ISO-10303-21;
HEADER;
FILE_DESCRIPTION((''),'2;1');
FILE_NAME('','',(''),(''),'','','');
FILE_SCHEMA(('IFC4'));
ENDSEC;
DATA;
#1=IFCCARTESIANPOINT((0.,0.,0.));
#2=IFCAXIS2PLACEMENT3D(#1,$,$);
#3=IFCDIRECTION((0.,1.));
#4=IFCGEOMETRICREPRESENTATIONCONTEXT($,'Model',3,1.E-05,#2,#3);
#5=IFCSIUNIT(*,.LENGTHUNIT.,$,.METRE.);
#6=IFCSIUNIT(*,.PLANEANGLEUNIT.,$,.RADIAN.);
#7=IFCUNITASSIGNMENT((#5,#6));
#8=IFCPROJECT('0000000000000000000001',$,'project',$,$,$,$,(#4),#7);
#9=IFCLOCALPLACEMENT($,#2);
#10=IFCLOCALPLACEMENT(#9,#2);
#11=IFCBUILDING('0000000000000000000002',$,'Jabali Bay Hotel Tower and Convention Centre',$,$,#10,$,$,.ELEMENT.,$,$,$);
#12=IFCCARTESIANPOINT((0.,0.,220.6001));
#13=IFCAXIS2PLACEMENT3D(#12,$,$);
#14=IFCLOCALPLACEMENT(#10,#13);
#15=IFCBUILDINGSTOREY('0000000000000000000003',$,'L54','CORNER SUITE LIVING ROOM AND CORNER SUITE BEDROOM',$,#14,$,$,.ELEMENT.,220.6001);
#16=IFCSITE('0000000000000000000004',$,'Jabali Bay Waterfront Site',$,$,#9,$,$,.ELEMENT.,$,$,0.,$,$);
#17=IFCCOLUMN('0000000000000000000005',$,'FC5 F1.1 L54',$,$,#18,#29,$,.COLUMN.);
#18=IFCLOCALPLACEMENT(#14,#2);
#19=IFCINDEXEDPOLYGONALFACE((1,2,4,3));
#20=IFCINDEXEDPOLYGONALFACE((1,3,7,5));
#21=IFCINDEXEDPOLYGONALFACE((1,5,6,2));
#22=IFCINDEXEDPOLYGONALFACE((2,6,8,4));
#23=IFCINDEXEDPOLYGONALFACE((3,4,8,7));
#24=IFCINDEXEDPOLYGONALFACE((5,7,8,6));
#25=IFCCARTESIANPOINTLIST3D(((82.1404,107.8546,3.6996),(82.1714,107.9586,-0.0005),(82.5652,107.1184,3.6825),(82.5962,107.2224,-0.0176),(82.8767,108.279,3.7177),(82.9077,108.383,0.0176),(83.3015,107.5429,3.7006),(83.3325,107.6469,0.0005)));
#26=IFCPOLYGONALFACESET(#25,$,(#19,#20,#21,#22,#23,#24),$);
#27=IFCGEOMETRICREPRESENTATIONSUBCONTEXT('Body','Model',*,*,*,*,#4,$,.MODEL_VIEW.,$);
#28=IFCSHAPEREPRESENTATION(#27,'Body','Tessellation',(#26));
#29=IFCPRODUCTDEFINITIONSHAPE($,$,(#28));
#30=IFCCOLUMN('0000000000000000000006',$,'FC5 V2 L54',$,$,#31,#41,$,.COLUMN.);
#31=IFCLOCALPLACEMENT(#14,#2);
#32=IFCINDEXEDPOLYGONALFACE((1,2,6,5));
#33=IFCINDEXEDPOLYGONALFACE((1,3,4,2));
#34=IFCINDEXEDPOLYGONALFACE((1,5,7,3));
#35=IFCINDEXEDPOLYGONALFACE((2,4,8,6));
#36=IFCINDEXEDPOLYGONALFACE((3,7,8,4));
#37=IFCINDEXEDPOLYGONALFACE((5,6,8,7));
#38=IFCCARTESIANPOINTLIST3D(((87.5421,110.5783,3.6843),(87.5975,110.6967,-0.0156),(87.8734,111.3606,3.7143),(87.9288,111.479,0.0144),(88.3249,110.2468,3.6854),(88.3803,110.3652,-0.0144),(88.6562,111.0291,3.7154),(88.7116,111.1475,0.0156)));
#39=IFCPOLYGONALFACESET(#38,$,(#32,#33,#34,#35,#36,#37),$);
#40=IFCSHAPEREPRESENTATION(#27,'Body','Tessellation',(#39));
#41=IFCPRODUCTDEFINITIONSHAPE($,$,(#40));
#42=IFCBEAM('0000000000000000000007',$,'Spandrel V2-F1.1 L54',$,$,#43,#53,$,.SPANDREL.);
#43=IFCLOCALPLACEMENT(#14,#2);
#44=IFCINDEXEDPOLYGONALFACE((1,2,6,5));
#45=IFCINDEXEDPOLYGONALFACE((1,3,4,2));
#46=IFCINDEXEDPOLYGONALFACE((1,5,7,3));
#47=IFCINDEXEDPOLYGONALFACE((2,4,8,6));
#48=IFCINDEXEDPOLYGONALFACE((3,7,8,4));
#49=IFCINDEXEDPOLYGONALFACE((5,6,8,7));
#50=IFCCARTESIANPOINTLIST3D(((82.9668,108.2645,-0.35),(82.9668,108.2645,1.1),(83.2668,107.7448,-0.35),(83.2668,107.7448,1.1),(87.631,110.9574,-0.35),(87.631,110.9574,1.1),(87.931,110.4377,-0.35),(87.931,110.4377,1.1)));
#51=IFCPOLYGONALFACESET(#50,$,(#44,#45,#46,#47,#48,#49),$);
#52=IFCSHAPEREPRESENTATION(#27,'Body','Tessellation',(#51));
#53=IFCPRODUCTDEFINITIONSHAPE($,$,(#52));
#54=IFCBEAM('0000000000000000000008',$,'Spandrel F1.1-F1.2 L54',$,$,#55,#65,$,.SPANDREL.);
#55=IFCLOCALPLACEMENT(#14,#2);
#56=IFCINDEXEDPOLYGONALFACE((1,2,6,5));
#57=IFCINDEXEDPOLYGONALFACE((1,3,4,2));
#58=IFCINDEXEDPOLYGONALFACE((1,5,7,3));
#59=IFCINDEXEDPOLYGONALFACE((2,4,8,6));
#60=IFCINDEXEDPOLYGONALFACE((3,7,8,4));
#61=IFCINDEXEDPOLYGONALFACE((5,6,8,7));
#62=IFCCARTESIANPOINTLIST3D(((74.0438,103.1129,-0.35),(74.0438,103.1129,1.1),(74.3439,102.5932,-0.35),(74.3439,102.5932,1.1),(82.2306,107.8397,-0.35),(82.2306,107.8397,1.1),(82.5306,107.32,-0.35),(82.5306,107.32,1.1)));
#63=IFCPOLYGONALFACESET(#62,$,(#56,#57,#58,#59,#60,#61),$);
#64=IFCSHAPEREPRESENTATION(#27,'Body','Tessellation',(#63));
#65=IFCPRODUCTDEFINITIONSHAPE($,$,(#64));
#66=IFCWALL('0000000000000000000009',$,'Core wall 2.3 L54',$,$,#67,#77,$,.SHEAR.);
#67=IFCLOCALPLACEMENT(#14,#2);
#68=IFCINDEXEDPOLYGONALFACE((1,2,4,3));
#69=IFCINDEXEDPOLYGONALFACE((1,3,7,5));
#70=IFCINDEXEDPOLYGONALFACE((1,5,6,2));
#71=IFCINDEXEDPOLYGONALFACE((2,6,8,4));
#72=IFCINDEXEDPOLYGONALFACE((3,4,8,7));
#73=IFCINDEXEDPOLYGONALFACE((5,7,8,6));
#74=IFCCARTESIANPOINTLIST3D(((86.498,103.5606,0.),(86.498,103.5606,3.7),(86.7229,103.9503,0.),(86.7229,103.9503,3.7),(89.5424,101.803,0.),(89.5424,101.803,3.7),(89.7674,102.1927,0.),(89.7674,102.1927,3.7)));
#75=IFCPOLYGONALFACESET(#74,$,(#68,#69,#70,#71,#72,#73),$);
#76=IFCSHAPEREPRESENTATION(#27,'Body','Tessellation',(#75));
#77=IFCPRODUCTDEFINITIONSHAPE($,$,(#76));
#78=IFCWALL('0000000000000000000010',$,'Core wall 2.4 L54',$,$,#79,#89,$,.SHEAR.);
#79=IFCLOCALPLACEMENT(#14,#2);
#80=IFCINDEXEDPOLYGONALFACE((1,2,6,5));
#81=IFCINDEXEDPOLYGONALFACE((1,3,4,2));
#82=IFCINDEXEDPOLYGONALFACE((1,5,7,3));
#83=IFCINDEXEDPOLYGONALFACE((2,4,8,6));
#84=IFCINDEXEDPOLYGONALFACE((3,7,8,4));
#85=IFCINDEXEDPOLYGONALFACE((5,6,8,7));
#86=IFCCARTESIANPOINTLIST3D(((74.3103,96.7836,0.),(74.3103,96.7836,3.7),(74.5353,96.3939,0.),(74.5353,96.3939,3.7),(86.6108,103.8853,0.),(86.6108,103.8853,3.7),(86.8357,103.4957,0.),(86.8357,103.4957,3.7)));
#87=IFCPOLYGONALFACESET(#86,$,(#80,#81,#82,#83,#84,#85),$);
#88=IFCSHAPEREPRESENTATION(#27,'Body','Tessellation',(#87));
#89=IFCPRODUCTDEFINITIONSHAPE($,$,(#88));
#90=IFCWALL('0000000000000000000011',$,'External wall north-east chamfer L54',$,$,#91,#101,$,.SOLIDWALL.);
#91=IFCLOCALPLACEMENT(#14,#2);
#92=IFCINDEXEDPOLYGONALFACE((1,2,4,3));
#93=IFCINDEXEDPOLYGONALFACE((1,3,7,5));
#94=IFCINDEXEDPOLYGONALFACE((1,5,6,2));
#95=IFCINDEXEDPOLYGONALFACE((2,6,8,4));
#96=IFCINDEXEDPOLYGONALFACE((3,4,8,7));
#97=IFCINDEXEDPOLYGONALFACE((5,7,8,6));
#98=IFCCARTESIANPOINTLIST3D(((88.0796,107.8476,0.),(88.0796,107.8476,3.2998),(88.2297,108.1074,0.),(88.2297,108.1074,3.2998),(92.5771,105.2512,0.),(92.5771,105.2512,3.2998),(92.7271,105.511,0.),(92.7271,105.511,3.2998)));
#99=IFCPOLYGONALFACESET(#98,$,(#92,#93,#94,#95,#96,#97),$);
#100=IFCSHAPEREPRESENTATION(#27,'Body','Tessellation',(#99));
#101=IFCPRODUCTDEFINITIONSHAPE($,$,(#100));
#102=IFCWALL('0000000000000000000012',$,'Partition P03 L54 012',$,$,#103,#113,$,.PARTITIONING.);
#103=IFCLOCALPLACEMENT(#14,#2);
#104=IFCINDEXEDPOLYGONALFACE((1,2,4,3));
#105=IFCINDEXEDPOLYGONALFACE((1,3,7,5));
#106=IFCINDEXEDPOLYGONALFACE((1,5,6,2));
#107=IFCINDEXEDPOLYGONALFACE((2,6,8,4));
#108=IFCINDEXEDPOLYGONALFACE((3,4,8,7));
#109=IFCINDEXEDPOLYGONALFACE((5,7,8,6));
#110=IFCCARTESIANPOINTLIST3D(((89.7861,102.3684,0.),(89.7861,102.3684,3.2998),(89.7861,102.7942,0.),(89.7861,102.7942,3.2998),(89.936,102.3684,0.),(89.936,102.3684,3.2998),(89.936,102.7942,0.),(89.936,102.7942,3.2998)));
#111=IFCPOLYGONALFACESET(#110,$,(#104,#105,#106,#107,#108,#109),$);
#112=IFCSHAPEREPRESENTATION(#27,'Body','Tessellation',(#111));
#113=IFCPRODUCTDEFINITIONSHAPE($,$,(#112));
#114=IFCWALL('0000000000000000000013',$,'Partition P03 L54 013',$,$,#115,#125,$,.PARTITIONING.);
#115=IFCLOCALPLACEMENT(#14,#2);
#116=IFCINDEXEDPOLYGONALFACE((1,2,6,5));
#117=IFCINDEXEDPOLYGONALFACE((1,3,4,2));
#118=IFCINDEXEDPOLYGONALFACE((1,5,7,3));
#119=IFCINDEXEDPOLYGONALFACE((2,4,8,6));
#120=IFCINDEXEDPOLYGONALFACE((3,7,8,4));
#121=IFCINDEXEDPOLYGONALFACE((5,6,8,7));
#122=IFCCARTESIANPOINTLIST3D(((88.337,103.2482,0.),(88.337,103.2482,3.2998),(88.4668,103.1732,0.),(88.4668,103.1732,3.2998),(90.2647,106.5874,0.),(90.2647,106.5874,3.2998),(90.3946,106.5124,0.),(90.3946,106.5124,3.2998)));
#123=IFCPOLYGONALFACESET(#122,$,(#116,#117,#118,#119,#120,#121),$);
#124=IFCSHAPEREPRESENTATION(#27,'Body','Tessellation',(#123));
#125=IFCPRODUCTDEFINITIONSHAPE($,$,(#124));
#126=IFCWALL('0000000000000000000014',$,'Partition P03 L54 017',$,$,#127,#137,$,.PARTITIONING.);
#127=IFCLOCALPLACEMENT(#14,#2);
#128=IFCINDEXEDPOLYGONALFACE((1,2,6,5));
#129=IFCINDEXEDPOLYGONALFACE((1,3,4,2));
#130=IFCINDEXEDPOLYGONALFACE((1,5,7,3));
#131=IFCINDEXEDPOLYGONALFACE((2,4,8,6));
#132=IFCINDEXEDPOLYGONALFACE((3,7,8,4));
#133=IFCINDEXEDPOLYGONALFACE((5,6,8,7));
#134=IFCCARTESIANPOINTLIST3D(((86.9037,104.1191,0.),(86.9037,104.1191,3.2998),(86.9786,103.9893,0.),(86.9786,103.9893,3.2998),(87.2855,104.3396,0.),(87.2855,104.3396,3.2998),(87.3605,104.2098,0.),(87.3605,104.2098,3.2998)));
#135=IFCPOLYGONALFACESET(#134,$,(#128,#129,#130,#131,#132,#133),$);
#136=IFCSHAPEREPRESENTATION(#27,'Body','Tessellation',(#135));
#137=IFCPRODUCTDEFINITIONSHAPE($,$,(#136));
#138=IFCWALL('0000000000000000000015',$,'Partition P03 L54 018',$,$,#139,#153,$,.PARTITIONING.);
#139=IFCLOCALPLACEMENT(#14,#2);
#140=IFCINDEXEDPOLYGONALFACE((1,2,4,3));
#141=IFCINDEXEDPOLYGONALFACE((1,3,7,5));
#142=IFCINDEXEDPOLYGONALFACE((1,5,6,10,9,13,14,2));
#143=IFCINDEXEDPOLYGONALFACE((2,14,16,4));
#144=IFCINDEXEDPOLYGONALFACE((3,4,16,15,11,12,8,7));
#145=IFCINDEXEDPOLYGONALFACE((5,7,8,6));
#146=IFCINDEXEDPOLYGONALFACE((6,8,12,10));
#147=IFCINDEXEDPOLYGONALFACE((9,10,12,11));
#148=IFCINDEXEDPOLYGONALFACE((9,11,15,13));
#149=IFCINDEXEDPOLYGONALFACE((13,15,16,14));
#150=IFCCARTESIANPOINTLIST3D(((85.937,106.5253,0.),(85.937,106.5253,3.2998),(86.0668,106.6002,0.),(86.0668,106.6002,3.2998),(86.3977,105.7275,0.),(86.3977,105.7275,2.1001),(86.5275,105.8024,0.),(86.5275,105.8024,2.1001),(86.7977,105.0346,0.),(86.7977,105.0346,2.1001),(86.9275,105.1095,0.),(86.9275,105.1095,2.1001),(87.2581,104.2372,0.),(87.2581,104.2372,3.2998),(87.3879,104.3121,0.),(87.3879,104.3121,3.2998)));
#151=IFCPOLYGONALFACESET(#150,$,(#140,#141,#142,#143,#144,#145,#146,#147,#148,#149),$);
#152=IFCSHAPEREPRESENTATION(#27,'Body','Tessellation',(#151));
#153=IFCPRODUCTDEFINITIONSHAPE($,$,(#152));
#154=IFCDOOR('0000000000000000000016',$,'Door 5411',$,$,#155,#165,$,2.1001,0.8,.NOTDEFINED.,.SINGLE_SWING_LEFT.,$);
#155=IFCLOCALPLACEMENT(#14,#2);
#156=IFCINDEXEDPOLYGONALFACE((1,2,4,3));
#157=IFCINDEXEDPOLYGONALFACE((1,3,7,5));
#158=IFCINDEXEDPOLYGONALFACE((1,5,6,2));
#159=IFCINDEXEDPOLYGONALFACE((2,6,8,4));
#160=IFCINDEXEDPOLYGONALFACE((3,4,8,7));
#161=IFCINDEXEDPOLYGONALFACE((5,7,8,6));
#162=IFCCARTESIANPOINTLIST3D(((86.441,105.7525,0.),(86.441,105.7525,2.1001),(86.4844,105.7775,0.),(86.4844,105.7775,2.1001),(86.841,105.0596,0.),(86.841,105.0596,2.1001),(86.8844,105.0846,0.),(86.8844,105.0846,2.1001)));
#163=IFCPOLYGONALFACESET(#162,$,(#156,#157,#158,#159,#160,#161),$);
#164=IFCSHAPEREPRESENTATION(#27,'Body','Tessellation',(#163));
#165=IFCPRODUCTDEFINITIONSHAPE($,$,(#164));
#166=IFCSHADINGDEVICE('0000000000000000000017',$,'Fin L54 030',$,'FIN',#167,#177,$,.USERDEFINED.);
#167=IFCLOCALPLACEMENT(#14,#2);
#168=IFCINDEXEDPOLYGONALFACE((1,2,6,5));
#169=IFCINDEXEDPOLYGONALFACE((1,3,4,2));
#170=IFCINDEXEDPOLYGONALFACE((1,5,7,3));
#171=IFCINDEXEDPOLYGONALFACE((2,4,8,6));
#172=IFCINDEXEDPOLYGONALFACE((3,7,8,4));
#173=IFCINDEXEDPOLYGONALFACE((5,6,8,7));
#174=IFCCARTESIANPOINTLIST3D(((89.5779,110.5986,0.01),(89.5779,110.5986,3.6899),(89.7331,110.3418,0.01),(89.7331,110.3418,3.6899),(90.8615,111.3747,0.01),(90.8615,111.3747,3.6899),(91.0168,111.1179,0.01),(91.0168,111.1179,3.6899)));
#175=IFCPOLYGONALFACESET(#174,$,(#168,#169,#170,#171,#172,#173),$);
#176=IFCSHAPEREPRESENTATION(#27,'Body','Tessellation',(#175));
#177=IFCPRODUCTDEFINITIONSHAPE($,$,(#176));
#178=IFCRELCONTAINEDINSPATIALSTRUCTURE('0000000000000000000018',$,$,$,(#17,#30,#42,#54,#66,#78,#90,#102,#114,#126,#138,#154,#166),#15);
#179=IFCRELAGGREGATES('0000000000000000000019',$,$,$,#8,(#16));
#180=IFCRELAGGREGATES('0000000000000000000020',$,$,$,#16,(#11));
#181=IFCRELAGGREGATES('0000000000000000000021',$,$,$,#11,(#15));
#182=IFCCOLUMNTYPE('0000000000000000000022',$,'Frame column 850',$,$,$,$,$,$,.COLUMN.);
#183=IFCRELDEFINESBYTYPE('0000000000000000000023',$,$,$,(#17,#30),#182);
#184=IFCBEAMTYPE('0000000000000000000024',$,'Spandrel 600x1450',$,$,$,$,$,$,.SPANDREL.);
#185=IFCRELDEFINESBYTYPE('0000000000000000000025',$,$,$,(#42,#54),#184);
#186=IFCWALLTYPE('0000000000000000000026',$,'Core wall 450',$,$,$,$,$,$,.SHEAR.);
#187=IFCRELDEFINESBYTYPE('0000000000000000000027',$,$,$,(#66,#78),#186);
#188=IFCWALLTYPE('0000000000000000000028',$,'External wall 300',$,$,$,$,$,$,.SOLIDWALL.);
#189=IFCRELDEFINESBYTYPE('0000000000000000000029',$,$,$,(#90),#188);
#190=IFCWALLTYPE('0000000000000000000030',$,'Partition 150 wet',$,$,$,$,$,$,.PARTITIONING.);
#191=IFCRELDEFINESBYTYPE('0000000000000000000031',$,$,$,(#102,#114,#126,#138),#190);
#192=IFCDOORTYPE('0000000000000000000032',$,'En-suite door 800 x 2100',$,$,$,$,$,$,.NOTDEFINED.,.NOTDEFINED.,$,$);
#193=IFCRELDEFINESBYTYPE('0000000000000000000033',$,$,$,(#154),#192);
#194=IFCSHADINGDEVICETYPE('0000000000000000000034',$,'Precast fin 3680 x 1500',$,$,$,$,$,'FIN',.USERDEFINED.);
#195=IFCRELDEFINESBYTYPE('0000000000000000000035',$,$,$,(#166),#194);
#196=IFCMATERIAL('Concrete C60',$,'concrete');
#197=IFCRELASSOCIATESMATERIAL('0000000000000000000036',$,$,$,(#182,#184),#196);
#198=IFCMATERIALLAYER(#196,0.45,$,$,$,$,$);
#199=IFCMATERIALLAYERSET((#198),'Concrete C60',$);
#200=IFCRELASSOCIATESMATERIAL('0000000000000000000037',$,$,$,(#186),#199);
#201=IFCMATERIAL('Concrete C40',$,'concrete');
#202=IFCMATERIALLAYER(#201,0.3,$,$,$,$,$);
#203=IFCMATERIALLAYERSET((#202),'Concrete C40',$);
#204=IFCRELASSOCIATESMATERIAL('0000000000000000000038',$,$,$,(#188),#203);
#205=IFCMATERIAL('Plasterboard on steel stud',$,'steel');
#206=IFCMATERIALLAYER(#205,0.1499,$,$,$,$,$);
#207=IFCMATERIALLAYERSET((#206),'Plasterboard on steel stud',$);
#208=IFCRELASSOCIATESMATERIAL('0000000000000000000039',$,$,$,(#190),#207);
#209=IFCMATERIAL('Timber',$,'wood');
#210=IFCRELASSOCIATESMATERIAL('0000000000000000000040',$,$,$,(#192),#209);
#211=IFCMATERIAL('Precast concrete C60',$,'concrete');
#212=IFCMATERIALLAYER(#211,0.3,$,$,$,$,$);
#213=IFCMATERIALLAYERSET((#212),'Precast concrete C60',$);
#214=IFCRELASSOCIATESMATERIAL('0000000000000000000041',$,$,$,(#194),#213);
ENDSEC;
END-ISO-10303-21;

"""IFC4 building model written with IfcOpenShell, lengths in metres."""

from ifc_helpers import new_model, si_unit, direction, frame, frame_2d, origin, origin_2d, place, context, subcontext, project, spatial, rectangle, extrude, material, layer, layer_set, material_profile, profile_set, type_object, element, fill, save


model = new_model("IFC4")

# Units and contexts
model_context = context("Model", 3, precision=1e-05, world=origin(), true_north=direction((0.0, 1.0)))
body_context = subcontext(model_context, "Body", "Model", "MODEL_VIEW")
ifc_project = project(units=[si_unit("LENGTHUNIT", "METRE"), si_unit("PLANEANGLEUNIT", "RADIAN")], contexts=[model_context])

# Site, building, storey
site_placement = place(None, origin())
site = spatial("IfcSite", under=ifc_project, at=site_placement, Name="Jabali Bay Waterfront Site", CompositionType="ELEMENT", RefElevation=0.0)
building_placement = place(site_placement, origin())
building = spatial("IfcBuilding", under=site, at=building_placement, Name="Jabali Bay Hotel Tower and Convention Centre", CompositionType="ELEMENT")
storey_placement = place(building_placement, frame((0.0, 0.0, 220.6001)))
storey = spatial("IfcBuildingStorey", under=building, at=storey_placement, Name="L54", Description="CORNER SUITE LIVING ROOM AND CORNER SUITE BEDROOM", CompositionType="ELEMENT", Elevation=220.6001)

# Columns
ifc_material_1 = material(Name="Concrete C60", Category="concrete")
ifc_material_profile_1 = material_profile(ifc_material_1, rectangle(XDim=0.8501, YDim=0.8501, at=origin_2d()), Name="Frame column 850")
ifc_profile_set_1 = profile_set([ifc_material_profile_1], Name="Concrete C60")
column_type = type_object("IfcColumnType", Name="Frame column 850", PredefinedType="COLUMN", material=ifc_profile_set_1)
column_1_placement = place(storey_placement, frame((82.752, 107.8027, 0.0), z_axis=(-0.008376, -0.028097, 0.99957), x_axis=(0.866174, 0.499288, 0.021293)))
element("IfcColumn", 1, at=column_1_placement, inside=storey, type_object=column_type, Name="FC5 F1.1 L54", PredefinedType="COLUMN", context=body_context, shape_type="SweptSolid", body=[
    extrude(rectangle(XDim=0.8501, YDim=0.8501, at=origin_2d()), origin(), (0.0, 0.0, 1.0), 3.7017),
])
column_2_placement = place(storey_placement, frame((88.1545, 110.9221, 0.0), z_axis=(-0.014969, -0.031983, 0.999376), x_axis=(0.920814, -0.39, 0.001311)))
element("IfcColumn", 2, at=column_2_placement, inside=storey, type_object=column_type, Name="FC5 V2 L54", PredefinedType="COLUMN", context=body_context, shape_type="SweptSolid", body=[
    extrude(rectangle(XDim=0.8501, YDim=0.8501, at=origin_2d()), origin(), (0.0, 0.0, 1.0), 3.7021),
])

# Beams
ifc_material_profile_2 = material_profile(ifc_material_1, rectangle(XDim=0.6001, YDim=1.45, at=origin_2d()), Name="Spandrel 600x1450")
ifc_profile_set_2 = profile_set([ifc_material_profile_2], Name="Concrete C60")
beam_type = type_object("IfcBeamType", Name="Spandrel 600x1450", PredefinedType="SPANDREL", material=ifc_profile_set_2)
beam_1_placement = place(storey_placement, frame((87.781, 110.6975, 0.375), z_axis=(-0.866031, -0.499991, 0.0), x_axis=(0.499991, -0.866031, 0.0)))
element("IfcBeam", 3, at=beam_1_placement, inside=storey, type_object=beam_type, Name="Spandrel V2-F1.1 L54", PredefinedType="SPANDREL", context=body_context, shape_type="SweptSolid", body=[
    extrude(rectangle(XDim=0.6001, YDim=1.45, at=origin_2d()), origin(), (0.0, 0.0, 1.0), 5.3857),
])
beam_2_placement = place(storey_placement, frame((82.3806, 107.5798, 0.375), z_axis=(-0.866017, -0.500014, 0.0), x_axis=(0.500014, -0.866017, 0.0)))
element("IfcBeam", 4, at=beam_2_placement, inside=storey, type_object=beam_type, Name="Spandrel F1.1-F1.2 L54", PredefinedType="SPANDREL", context=body_context, shape_type="SweptSolid", body=[
    extrude(rectangle(XDim=0.6001, YDim=1.45, at=origin_2d()), origin(), (0.0, 0.0, 1.0), 9.4534),
])

# Walls
ifc_layer_1 = layer(ifc_material_1, 0.45)
ifc_layer_set_1 = layer_set([ifc_layer_1], Name="Concrete C60")
wall_type_1 = type_object("IfcWallType", Name="Core wall 450", PredefinedType="SHEAR", material=ifc_layer_set_1)
wall_1_placement = place(storey_placement, frame((89.655, 101.9978, 0.0), z_axis=(0.0, 0.0, 1.0), x_axis=(-0.866042, 0.499971, 0.0)))
element("IfcWall", 5, at=wall_1_placement, inside=storey, type_object=wall_type_1, Name="Core wall 2.3 L54", PredefinedType="SHEAR", context=body_context, shape_type="SweptSolid", body=[
    extrude(rectangle(XDim=3.5154, YDim=0.45, at=frame_2d((1.7578, 0.0))), origin(), (0.0, 0.0, 1.0), 3.7),
])
wall_2_placement = place(storey_placement, frame((86.7231, 103.6904, 0.0), z_axis=(0.0, 0.0, 1.0), x_axis=(-0.866023, -0.500005, 0.0)))
element("IfcWall", 6, at=wall_2_placement, inside=storey, type_object=wall_type_1, Name="Core wall 2.4 L54", PredefinedType="SHEAR", context=body_context, shape_type="SweptSolid", body=[
    extrude(rectangle(XDim=14.2034, YDim=0.45, at=frame_2d((7.1016, 0.0))), origin(), (0.0, 0.0, 1.0), 3.7),
])
ifc_material_2 = material(Name="Concrete C40", Category="concrete")
ifc_layer_2 = layer(ifc_material_2, 0.3)
ifc_layer_set_2 = layer_set([ifc_layer_2], Name="Concrete C40")
wall_type_2 = type_object("IfcWallType", Name="External wall 300", PredefinedType="SOLIDWALL", material=ifc_layer_set_2)
wall_3_placement = place(storey_placement, frame((88.1545, 107.9775, 0.0), z_axis=(0.0, 0.0, 1.0), x_axis=(0.866045, -0.499967, 0.0)))
element("IfcWall", 7, at=wall_3_placement, inside=storey, type_object=wall_type_2, Name="External wall north-east chamfer L54", PredefinedType="SOLIDWALL", context=body_context, shape_type="SweptSolid", body=[
    extrude(rectangle(XDim=5.1931, YDim=0.3, at=frame_2d((2.5967, 0.0))), origin(), (0.0, 0.0, 1.0), 3.2998),
])
ifc_material_3 = material(Name="Plasterboard on steel stud", Category="steel")
ifc_layer_3 = layer(ifc_material_3, 0.1499)
ifc_layer_set_3 = layer_set([ifc_layer_3], Name="Plasterboard on steel stud")
wall_type_3 = type_object("IfcWallType", Name="Partition 150 wet", PredefinedType="PARTITIONING", material=ifc_layer_set_3)
wall_4_placement = place(storey_placement, frame((89.8611, 102.7942, 0.0), z_axis=(0.0, 0.0, 1.0), x_axis=(0.0, -1.0, 0.0)))
element("IfcWall", 8, at=wall_4_placement, inside=storey, type_object=wall_type_3, Name="Partition P03 L54 012", PredefinedType="PARTITIONING", context=body_context, shape_type="SweptSolid", body=[
    extrude(rectangle(XDim=0.4258, YDim=0.1499, at=frame_2d((0.2129, 0.0))), origin(), (0.0, 0.0, 1.0), 3.2998),
])
wall_5_placement = place(storey_placement, frame((90.3296, 106.5498, 0.0), z_axis=(0.0, 0.0, 1.0), x_axis=(-0.49998, -0.866037, 0.0)))
element("IfcWall", 9, at=wall_5_placement, inside=storey, type_object=wall_type_3, Name="Partition P03 L54 013", PredefinedType="PARTITIONING", context=body_context, shape_type="SweptSolid", body=[
    extrude(rectangle(XDim=3.8557, YDim=0.1499, at=frame_2d((1.9277, 0.0))), origin(), (0.0, 0.0, 1.0), 3.2998),
])
wall_6_placement = place(storey_placement, frame((86.9412, 104.0542, 0.0), z_axis=(0.0, 0.0, 1.0), x_axis=(0.86602, 0.50001, 0.0)))
element("IfcWall", 10, at=wall_6_placement, inside=storey, type_object=wall_type_3, Name="Partition P03 L54 017", PredefinedType="PARTITIONING", context=body_context, shape_type="SweptSolid", body=[
    extrude(rectangle(XDim=0.4409, YDim=0.1499, at=frame_2d((0.2205, 0.0))), origin(), (0.0, 0.0, 1.0), 3.2998),
])

# Wall, opening, door
wall_7_placement = place(storey_placement, frame((87.323, 104.2747, 0.0), z_axis=(0.0, 0.0, 1.0), x_axis=(-0.500005, 0.866022, 0.0)))
wall_7 = element("IfcWall", 11, at=wall_7_placement, inside=storey, type_object=wall_type_3, Name="Partition P03 L54 018", PredefinedType="PARTITIONING", context=body_context, shape_type="SweptSolid", body=[
    extrude(rectangle(XDim=2.6421, YDim=0.1499, at=frame_2d((1.321, 0.0))), origin(), (0.0, 0.0, 1.0), 3.2998),
])
opening_placement = place(wall_7_placement, frame((0.9209, 0.0, 0.0)))
opening = element("IfcOpeningElement", 12, at=opening_placement, cuts=wall_7, PredefinedType="OPENING", context=body_context, shape_type="SweptSolid", body=[
    extrude(rectangle(XDim=0.8, YDim=2.1001, at=frame_2d((0.3999, 1.05))), frame((0.0, 0.0854, 0.0), z_axis=(0.0, -1.0, 0.0), x_axis=(1.0, 0.0, 0.0)), (0.0, 0.0, 1.0), 0.1709),
])
ifc_material_4 = material(Name="Timber", Category="wood")
door_type = type_object("IfcDoorType", Name="En-suite door 800 x 2100", OperationType="NOTDEFINED", PredefinedType="NOTDEFINED", material=ifc_material_4)
door_placement = place(opening_placement, origin())
door = element("IfcDoor", 13, at=door_placement, inside=storey, type_object=door_type, Name="Door 5411", OperationType="SINGLE_SWING_LEFT", OverallHeight=2.1001, OverallWidth=0.8, PredefinedType="NOTDEFINED", context=body_context, shape_type="SweptSolid", body=[
    extrude(rectangle(XDim=0.8, YDim=2.1001, at=frame_2d((0.3999, 1.05))), frame((0.0, 0.0249, 0.0), z_axis=(0.0, -1.0, 0.0), x_axis=(1.0, 0.0, 0.0)), (0.0, 0.0, 1.0), 0.05),
])
fill(opening, door)

# Shading device
ifc_material_5 = material(Name="Precast concrete C60", Category="concrete")
ifc_layer_4 = layer(ifc_material_5, 0.3)
ifc_layer_set_4 = layer_set([ifc_layer_4], Name="Precast concrete C60")
shading_device_type = type_object("IfcShadingDeviceType", Name="Precast fin 3680 x 1500", ElementType="FIN", PredefinedType="USERDEFINED", material=ifc_layer_set_4)
for number, where, z_axis, x_axis, name in (
    (14, (89.6555, 110.4702, 0.01), (0.0, 0.0, 1.0), (0.85575, 0.517389, 0.0), "Fin L54 030"),
):
    element("IfcShadingDevice", number, at=place(storey_placement, frame(where, z_axis=z_axis, x_axis=x_axis)), inside=storey, type_object=shading_device_type, Name=name, ObjectType="FIN", PredefinedType="USERDEFINED", context=body_context, shape_type="SweptSolid", body=[
        extrude(rectangle(XDim=1.5, YDim=0.3, at=frame_2d((0.75, 0.0))), origin(), (0.0, 0.0, 1.0), 3.6799),
    ])

save(model, "model.ifc")
